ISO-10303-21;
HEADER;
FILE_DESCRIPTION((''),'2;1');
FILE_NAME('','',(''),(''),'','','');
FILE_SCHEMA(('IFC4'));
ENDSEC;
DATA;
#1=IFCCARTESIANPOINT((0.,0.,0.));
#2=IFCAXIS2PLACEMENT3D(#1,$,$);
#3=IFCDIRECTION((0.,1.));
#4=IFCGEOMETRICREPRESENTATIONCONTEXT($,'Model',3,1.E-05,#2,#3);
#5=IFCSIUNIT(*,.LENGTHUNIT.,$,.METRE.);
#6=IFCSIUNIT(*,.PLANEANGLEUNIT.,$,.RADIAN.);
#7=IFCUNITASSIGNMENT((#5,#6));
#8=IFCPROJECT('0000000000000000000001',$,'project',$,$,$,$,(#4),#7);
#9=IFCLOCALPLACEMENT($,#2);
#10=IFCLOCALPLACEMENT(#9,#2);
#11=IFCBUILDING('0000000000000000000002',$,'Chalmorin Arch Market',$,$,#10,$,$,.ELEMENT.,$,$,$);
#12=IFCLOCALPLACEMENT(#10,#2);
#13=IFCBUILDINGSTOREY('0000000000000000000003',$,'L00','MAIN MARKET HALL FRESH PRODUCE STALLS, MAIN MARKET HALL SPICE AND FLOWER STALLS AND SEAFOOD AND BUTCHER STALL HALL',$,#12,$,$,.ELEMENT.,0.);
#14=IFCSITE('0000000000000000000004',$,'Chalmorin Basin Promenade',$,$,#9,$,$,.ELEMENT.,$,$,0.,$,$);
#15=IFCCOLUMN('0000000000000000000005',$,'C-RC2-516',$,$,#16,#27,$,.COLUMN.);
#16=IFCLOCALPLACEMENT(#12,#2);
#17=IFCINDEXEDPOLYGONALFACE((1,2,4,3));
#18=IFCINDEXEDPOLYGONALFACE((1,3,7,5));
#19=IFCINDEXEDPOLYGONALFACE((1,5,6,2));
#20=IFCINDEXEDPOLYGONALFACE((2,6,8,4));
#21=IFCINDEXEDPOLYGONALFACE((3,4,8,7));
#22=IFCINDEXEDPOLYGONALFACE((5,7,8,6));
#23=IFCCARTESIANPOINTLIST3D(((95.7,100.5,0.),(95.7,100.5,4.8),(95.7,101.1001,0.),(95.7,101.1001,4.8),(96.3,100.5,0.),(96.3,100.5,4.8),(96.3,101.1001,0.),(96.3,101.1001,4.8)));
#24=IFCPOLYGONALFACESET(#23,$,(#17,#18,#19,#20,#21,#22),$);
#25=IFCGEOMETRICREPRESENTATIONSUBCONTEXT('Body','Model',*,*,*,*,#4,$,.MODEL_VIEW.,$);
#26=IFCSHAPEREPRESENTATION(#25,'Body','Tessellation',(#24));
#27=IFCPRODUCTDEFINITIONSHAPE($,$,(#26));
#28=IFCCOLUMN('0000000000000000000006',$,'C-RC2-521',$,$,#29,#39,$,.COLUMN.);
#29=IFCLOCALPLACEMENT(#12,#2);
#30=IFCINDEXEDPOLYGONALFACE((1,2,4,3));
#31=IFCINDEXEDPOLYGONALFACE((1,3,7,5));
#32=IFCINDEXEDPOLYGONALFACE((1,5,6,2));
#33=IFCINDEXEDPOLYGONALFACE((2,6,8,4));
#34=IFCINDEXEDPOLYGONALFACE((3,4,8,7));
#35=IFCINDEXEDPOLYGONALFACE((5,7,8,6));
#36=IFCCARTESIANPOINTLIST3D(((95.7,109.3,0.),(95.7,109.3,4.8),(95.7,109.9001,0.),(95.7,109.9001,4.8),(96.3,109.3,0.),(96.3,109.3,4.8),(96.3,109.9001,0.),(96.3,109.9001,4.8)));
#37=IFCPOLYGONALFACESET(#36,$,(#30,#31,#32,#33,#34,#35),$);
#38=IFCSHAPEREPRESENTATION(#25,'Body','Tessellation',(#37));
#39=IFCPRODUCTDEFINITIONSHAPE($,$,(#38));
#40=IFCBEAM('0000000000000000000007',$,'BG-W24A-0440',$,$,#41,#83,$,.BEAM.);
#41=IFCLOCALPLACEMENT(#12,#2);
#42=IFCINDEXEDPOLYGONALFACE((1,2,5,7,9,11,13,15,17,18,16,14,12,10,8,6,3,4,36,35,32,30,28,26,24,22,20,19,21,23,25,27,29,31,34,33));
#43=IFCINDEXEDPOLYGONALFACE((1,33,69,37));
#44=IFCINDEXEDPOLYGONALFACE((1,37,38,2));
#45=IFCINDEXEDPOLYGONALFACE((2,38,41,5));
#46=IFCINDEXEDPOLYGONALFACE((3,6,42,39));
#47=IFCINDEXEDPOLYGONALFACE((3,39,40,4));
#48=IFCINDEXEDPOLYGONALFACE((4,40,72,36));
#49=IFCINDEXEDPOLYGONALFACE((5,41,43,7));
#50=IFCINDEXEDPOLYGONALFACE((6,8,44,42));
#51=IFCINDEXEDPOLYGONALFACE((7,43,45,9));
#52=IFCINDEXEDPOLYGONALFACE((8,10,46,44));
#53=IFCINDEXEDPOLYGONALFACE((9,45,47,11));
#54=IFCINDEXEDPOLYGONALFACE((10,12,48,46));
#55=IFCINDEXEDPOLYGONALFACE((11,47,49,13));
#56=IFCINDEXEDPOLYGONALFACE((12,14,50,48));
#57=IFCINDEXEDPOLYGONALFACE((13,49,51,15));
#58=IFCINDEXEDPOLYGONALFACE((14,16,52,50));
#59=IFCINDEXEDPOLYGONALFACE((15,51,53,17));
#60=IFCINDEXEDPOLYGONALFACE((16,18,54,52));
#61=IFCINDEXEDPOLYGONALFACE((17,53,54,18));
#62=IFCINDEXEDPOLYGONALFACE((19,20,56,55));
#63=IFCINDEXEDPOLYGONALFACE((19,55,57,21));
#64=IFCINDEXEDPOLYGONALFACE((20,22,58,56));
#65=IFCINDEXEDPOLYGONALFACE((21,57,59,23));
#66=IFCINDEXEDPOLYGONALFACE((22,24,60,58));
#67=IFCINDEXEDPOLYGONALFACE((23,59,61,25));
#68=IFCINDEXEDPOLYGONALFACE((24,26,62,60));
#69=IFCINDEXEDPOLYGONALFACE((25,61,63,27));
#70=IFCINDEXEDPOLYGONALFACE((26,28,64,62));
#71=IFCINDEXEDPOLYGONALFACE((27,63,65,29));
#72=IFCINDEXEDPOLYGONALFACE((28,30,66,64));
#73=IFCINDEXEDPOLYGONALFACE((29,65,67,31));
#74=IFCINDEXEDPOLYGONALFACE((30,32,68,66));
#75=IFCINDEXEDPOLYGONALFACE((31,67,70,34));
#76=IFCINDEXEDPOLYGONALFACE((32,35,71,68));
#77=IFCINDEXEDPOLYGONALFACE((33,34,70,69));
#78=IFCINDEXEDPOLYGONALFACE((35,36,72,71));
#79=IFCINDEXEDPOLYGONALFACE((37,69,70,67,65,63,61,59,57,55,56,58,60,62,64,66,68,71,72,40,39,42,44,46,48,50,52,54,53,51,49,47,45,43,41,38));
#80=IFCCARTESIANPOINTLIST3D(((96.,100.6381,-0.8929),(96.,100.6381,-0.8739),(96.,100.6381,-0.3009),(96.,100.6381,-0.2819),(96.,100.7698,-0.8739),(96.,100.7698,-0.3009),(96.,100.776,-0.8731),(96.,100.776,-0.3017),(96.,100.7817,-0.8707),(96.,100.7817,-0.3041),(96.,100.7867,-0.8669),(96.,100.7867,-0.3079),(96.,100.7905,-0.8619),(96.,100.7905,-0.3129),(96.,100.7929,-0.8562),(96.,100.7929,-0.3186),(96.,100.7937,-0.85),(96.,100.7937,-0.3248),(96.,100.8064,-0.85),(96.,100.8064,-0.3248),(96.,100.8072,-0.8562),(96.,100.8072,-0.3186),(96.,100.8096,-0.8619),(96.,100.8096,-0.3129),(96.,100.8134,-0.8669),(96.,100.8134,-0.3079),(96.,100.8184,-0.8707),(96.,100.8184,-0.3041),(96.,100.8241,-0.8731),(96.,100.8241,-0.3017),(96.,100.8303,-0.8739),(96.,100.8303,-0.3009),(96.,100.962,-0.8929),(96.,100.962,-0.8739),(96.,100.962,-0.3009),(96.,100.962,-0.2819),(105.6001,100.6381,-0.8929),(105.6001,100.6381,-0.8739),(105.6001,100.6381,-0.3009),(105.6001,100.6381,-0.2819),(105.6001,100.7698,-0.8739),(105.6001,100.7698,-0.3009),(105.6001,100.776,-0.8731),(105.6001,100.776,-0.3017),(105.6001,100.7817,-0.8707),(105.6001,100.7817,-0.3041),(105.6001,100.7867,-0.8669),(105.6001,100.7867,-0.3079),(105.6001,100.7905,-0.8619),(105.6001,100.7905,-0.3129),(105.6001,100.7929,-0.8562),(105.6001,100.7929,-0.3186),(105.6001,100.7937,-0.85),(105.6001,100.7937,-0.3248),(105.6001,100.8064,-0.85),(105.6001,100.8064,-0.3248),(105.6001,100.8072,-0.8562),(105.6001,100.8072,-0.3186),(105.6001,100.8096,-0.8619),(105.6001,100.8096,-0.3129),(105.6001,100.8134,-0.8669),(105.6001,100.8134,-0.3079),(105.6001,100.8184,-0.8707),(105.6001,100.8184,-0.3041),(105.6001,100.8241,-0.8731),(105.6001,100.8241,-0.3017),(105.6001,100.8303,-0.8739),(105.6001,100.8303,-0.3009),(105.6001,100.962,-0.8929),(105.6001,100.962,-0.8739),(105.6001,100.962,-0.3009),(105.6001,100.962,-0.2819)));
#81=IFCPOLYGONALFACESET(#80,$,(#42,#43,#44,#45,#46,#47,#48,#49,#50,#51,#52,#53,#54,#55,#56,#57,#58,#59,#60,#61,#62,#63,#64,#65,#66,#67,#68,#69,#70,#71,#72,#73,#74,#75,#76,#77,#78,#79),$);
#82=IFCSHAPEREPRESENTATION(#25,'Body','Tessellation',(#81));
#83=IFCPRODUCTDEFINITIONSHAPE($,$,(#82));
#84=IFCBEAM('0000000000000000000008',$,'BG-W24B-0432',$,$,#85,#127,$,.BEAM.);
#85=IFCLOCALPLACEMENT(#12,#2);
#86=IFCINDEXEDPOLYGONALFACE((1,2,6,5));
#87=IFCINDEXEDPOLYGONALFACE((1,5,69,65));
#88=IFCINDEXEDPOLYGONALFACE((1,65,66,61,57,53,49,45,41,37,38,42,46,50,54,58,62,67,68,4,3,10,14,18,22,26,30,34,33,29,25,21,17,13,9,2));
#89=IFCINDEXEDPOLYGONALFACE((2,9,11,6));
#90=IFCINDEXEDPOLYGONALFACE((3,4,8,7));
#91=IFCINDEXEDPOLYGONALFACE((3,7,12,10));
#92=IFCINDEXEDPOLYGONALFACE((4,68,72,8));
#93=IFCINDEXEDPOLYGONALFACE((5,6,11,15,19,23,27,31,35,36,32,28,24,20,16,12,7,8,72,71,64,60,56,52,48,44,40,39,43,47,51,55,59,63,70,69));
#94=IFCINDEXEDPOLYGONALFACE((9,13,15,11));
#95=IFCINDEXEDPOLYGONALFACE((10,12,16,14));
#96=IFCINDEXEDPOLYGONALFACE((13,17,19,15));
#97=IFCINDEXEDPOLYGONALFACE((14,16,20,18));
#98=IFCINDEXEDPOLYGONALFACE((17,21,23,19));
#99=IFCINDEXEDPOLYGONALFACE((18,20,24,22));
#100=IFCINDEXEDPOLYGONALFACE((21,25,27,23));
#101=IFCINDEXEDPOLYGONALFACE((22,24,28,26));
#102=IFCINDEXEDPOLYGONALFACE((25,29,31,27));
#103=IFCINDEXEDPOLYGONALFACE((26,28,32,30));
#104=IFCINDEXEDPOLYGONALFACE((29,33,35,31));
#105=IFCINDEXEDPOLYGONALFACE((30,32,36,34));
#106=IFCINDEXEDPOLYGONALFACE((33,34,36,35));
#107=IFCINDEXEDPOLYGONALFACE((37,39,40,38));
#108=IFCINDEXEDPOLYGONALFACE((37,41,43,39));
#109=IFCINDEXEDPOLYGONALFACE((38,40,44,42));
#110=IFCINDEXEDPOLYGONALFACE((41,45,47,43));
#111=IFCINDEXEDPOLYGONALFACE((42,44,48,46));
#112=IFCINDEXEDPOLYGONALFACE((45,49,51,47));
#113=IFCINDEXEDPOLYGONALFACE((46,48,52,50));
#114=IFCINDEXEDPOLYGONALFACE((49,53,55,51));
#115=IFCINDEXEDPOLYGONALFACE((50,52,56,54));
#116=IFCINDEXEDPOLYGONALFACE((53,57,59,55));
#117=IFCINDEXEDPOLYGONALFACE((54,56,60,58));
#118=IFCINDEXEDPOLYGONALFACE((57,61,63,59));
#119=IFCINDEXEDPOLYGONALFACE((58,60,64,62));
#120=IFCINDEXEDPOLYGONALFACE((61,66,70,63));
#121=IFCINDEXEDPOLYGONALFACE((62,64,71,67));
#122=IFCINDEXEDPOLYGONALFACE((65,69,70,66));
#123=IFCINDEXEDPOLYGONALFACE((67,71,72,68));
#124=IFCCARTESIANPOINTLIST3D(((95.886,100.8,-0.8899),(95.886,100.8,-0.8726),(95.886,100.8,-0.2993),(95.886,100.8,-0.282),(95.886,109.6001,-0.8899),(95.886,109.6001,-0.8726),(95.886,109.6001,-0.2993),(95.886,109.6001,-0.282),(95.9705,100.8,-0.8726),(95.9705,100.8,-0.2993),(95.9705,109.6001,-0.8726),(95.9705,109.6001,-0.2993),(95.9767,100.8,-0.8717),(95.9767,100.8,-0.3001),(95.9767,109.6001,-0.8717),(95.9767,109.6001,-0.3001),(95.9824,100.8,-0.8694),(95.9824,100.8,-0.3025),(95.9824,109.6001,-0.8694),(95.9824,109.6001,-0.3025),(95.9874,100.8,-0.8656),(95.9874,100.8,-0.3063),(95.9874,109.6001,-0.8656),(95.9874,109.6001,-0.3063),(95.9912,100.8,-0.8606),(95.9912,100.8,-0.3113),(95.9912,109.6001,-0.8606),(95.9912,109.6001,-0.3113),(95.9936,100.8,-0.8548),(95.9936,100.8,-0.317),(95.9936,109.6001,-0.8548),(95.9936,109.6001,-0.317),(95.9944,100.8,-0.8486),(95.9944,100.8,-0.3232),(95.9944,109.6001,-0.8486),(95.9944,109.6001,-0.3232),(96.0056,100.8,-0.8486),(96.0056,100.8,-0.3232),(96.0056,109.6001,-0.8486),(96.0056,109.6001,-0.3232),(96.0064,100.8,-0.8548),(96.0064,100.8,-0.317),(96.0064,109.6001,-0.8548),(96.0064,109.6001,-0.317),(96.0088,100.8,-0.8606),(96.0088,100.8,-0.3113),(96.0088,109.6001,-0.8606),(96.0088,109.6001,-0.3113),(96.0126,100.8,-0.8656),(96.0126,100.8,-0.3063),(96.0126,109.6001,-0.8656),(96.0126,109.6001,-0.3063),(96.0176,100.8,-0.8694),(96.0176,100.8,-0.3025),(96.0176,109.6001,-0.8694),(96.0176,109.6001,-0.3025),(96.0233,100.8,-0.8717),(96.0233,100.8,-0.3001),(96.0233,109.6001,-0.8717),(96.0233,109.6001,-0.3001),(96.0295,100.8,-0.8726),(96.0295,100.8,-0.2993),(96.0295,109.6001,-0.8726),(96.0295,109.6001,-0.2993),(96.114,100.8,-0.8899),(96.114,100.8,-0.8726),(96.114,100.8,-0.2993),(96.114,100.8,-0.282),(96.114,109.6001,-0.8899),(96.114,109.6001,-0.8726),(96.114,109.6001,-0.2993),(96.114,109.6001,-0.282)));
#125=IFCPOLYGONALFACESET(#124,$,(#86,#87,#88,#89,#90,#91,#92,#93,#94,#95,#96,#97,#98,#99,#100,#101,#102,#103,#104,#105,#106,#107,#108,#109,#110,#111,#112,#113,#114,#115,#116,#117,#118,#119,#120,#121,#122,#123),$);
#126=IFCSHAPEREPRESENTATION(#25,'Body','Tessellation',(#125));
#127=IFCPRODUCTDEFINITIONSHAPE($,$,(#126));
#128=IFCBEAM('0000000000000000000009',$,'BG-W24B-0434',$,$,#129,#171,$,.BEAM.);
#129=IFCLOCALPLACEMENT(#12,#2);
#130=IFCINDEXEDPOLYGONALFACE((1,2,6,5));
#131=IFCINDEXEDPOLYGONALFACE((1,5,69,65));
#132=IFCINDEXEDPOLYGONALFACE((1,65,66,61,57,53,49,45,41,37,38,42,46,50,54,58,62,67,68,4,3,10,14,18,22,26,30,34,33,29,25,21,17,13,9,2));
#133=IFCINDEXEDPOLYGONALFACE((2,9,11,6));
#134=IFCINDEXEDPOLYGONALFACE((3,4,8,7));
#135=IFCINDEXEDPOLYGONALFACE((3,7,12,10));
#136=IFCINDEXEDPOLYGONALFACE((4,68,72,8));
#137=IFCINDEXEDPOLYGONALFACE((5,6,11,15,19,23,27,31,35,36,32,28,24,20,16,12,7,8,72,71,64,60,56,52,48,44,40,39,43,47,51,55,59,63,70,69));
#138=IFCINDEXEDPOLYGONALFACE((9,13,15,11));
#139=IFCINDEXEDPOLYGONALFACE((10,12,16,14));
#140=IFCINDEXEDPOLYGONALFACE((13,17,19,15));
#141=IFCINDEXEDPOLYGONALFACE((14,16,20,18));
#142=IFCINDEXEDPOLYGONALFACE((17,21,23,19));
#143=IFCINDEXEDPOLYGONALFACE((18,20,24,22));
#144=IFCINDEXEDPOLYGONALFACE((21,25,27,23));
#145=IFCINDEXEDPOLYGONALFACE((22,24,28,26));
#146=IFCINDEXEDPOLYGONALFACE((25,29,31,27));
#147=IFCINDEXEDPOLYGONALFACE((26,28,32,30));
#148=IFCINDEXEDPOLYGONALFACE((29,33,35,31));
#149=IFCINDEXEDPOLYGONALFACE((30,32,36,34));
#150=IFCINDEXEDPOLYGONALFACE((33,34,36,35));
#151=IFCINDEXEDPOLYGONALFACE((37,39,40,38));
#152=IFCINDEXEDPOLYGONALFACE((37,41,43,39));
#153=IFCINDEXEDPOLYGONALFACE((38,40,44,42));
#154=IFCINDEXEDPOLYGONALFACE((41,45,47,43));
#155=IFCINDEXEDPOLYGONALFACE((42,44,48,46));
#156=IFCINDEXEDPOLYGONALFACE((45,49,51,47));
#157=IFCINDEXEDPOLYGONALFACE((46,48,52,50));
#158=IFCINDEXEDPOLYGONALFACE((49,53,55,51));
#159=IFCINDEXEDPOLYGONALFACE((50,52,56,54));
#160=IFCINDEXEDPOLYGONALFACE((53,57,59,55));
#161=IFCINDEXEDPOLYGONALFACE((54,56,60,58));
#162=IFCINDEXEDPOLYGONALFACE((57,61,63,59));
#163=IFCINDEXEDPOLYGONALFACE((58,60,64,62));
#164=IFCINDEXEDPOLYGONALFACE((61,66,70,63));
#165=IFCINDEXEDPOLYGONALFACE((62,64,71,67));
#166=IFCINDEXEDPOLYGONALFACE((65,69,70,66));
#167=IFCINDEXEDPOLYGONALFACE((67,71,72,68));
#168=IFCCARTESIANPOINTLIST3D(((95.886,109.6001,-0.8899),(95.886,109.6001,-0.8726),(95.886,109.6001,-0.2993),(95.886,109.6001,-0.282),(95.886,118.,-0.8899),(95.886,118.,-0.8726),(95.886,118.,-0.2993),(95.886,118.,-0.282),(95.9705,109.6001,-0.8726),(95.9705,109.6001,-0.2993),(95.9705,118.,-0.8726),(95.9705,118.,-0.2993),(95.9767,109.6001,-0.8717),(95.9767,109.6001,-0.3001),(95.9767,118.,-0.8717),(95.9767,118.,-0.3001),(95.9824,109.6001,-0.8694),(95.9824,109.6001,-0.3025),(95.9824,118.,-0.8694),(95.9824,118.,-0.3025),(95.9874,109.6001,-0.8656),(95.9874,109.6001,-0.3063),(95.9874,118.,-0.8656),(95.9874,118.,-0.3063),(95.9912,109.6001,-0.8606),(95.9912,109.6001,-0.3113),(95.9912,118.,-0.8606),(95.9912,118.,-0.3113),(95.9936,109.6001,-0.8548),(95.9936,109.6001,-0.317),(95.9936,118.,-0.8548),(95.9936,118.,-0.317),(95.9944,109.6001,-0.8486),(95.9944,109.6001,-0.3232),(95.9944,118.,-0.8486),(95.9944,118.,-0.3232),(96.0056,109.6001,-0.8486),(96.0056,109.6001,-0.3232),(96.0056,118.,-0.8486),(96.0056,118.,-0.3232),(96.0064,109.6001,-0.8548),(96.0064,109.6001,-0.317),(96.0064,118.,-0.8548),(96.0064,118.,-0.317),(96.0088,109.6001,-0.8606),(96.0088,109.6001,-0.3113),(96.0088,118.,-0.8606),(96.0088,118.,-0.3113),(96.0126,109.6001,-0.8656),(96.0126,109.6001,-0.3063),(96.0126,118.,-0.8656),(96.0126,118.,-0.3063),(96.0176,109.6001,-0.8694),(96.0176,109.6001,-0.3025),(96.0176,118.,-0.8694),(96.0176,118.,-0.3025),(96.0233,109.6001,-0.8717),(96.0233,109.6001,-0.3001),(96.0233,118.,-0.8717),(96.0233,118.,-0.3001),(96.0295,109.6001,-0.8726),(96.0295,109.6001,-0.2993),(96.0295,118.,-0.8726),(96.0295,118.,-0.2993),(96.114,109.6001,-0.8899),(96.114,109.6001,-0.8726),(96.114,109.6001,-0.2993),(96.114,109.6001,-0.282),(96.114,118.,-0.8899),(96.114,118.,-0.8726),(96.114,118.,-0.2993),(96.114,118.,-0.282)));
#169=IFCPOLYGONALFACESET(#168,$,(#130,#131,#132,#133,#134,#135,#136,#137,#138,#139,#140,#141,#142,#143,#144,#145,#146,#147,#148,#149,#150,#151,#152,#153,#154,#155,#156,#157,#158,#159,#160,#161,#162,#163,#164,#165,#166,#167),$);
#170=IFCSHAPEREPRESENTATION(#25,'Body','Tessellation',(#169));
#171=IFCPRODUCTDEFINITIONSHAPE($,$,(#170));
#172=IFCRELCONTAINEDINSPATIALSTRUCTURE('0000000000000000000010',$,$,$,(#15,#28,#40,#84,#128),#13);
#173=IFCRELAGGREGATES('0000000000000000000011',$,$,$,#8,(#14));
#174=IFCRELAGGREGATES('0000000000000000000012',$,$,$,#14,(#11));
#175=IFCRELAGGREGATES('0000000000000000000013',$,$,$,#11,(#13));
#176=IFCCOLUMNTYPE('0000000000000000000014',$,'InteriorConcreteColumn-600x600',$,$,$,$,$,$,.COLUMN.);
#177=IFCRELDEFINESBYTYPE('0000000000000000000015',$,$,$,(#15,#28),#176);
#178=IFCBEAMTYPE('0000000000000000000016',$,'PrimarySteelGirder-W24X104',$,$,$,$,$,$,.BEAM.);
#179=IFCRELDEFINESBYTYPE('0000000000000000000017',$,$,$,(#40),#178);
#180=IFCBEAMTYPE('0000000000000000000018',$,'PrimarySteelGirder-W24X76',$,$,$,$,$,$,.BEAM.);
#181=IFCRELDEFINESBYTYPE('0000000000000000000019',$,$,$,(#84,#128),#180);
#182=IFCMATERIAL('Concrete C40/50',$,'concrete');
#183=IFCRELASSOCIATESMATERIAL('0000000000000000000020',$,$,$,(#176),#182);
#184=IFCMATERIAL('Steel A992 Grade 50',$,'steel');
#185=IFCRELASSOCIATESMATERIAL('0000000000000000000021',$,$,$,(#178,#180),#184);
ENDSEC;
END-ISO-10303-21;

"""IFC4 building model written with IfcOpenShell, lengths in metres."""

from ifc_helpers import new_model, si_unit, direction, frame, origin, origin_2d, place, context, subcontext, project, spatial, rectangle, i_section, extrude, material, material_profile, profile_set, type_object, element, save


model = new_model("IFC4")

# Units and contexts
model_context = context("Model", 3, precision=1e-05, world=origin(), true_north=direction((0.0, 1.0)))
body_context = subcontext(model_context, "Body", "Model", "MODEL_VIEW")
ifc_project = project(units=[si_unit("LENGTHUNIT", "METRE"), si_unit("PLANEANGLEUNIT", "RADIAN")], contexts=[model_context])

# Site, building, storey
site_placement = place(None, origin())
site = spatial("IfcSite", under=ifc_project, at=site_placement, Name="Chalmorin Basin Promenade", CompositionType="ELEMENT", RefElevation=0.0)
building_placement = place(site_placement, origin())
building = spatial("IfcBuilding", under=site, at=building_placement, Name="Chalmorin Arch Market", CompositionType="ELEMENT")
storey_placement = place(building_placement, origin())
storey = spatial("IfcBuildingStorey", under=building, at=storey_placement, Name="L00", Description="MAIN MARKET HALL FRESH PRODUCE STALLS, MAIN MARKET HALL SPICE AND FLOWER STALLS AND SEAFOOD AND BUTCHER STALL HALL", CompositionType="ELEMENT", Elevation=0.0)

# Columns
ifc_material_1 = material(Name="Concrete C40/50", Category="concrete")
ifc_material_profile_1 = material_profile(ifc_material_1, rectangle(XDim=0.6001, YDim=0.6001, at=origin_2d()), Name="RC600X600")
ifc_profile_set_1 = profile_set([ifc_material_profile_1], Name="Concrete C40/50")
column_type = type_object("IfcColumnType", Name="InteriorConcreteColumn-600x600", PredefinedType="COLUMN", material=ifc_profile_set_1)
for number, where, z_axis, x_axis, name in (
    (1, (96.0, 100.8, 0.0), (0.0, 0.0, 1.0), (1.0, 0.0, 0.0), "C-RC2-516"),
    (2, (96.0, 109.6001, 0.0), (0.0, 0.0, 1.0), (1.0, 0.0, 0.0), "C-RC2-521"),
):
    element("IfcColumn", number, at=place(storey_placement, frame(where, z_axis=z_axis, x_axis=x_axis)), inside=storey, type_object=column_type, Name=name, PredefinedType="COLUMN", context=body_context, shape_type="SweptSolid", body=[
        extrude(rectangle(XDim=0.6001, YDim=0.6001, at=origin_2d()), origin(), (0.0, 0.0, 1.0), 4.8),
    ])

# Beams
ifc_material_2 = material(Name="Steel A992 Grade 50", Category="steel")
ifc_material_profile_2 = material_profile(ifc_material_2, i_section(OverallWidth=0.324, OverallDepth=0.6111, WebThickness=0.0127, FlangeThickness=0.019, FilletRadius=0.0239, at=origin_2d()), Name="W24X104")
ifc_profile_set_2 = profile_set([ifc_material_profile_2], Name="Steel A992 Grade 50")
beam_type_1 = type_object("IfcBeamType", Name="PrimarySteelGirder-W24X104", PredefinedType="BEAM", material=ifc_profile_set_2)
beam_1_placement = place(storey_placement, frame((96.0, 100.8, -0.5874), z_axis=(1.0, 0.0, 0.0), x_axis=(0.0, 1.0, 0.0)))
element("IfcBeam", 3, at=beam_1_placement, inside=storey, type_object=beam_type_1, Name="BG-W24A-0440", PredefinedType="BEAM", context=body_context, shape_type="SweptSolid", body=[
    extrude(i_section(OverallWidth=0.324, OverallDepth=0.6111, WebThickness=0.0127, FlangeThickness=0.019, FilletRadius=0.0239, at=origin_2d()), origin(), (0.0, 0.0, 1.0), 9.6001),
])
ifc_material_profile_3 = material_profile(ifc_material_2, i_section(OverallWidth=0.228, OverallDepth=0.6079, WebThickness=0.0112, FlangeThickness=0.0173, FilletRadius=0.0239, at=origin_2d()), Name="W24X76")
ifc_profile_set_3 = profile_set([ifc_material_profile_3], Name="Steel A992 Grade 50")
beam_type_2 = type_object("IfcBeamType", Name="PrimarySteelGirder-W24X76", PredefinedType="BEAM", material=ifc_profile_set_3)
beam_2_placement = place(storey_placement, frame((96.0, 100.8, -0.5859), z_axis=(0.0, 1.0, 0.0), x_axis=(-1.0, 0.0, 0.0)))
element("IfcBeam", 4, at=beam_2_placement, inside=storey, type_object=beam_type_2, Name="BG-W24B-0432", PredefinedType="BEAM", context=body_context, shape_type="SweptSolid", body=[
    extrude(i_section(OverallWidth=0.228, OverallDepth=0.6079, WebThickness=0.0112, FlangeThickness=0.0173, FilletRadius=0.0239, at=origin_2d()), origin(), (0.0, 0.0, 1.0), 8.8),
])
beam_3_placement = place(storey_placement, frame((96.0, 109.6001, -0.5859), z_axis=(0.0, 1.0, 0.0), x_axis=(-1.0, 0.0, 0.0)))
element("IfcBeam", 5, at=beam_3_placement, inside=storey, type_object=beam_type_2, Name="BG-W24B-0434", PredefinedType="BEAM", context=body_context, shape_type="SweptSolid", body=[
    extrude(i_section(OverallWidth=0.228, OverallDepth=0.6079, WebThickness=0.0112, FlangeThickness=0.0173, FilletRadius=0.0239, at=origin_2d()), origin(), (0.0, 0.0, 1.0), 8.3999),
])

save(model, "model.ifc")
